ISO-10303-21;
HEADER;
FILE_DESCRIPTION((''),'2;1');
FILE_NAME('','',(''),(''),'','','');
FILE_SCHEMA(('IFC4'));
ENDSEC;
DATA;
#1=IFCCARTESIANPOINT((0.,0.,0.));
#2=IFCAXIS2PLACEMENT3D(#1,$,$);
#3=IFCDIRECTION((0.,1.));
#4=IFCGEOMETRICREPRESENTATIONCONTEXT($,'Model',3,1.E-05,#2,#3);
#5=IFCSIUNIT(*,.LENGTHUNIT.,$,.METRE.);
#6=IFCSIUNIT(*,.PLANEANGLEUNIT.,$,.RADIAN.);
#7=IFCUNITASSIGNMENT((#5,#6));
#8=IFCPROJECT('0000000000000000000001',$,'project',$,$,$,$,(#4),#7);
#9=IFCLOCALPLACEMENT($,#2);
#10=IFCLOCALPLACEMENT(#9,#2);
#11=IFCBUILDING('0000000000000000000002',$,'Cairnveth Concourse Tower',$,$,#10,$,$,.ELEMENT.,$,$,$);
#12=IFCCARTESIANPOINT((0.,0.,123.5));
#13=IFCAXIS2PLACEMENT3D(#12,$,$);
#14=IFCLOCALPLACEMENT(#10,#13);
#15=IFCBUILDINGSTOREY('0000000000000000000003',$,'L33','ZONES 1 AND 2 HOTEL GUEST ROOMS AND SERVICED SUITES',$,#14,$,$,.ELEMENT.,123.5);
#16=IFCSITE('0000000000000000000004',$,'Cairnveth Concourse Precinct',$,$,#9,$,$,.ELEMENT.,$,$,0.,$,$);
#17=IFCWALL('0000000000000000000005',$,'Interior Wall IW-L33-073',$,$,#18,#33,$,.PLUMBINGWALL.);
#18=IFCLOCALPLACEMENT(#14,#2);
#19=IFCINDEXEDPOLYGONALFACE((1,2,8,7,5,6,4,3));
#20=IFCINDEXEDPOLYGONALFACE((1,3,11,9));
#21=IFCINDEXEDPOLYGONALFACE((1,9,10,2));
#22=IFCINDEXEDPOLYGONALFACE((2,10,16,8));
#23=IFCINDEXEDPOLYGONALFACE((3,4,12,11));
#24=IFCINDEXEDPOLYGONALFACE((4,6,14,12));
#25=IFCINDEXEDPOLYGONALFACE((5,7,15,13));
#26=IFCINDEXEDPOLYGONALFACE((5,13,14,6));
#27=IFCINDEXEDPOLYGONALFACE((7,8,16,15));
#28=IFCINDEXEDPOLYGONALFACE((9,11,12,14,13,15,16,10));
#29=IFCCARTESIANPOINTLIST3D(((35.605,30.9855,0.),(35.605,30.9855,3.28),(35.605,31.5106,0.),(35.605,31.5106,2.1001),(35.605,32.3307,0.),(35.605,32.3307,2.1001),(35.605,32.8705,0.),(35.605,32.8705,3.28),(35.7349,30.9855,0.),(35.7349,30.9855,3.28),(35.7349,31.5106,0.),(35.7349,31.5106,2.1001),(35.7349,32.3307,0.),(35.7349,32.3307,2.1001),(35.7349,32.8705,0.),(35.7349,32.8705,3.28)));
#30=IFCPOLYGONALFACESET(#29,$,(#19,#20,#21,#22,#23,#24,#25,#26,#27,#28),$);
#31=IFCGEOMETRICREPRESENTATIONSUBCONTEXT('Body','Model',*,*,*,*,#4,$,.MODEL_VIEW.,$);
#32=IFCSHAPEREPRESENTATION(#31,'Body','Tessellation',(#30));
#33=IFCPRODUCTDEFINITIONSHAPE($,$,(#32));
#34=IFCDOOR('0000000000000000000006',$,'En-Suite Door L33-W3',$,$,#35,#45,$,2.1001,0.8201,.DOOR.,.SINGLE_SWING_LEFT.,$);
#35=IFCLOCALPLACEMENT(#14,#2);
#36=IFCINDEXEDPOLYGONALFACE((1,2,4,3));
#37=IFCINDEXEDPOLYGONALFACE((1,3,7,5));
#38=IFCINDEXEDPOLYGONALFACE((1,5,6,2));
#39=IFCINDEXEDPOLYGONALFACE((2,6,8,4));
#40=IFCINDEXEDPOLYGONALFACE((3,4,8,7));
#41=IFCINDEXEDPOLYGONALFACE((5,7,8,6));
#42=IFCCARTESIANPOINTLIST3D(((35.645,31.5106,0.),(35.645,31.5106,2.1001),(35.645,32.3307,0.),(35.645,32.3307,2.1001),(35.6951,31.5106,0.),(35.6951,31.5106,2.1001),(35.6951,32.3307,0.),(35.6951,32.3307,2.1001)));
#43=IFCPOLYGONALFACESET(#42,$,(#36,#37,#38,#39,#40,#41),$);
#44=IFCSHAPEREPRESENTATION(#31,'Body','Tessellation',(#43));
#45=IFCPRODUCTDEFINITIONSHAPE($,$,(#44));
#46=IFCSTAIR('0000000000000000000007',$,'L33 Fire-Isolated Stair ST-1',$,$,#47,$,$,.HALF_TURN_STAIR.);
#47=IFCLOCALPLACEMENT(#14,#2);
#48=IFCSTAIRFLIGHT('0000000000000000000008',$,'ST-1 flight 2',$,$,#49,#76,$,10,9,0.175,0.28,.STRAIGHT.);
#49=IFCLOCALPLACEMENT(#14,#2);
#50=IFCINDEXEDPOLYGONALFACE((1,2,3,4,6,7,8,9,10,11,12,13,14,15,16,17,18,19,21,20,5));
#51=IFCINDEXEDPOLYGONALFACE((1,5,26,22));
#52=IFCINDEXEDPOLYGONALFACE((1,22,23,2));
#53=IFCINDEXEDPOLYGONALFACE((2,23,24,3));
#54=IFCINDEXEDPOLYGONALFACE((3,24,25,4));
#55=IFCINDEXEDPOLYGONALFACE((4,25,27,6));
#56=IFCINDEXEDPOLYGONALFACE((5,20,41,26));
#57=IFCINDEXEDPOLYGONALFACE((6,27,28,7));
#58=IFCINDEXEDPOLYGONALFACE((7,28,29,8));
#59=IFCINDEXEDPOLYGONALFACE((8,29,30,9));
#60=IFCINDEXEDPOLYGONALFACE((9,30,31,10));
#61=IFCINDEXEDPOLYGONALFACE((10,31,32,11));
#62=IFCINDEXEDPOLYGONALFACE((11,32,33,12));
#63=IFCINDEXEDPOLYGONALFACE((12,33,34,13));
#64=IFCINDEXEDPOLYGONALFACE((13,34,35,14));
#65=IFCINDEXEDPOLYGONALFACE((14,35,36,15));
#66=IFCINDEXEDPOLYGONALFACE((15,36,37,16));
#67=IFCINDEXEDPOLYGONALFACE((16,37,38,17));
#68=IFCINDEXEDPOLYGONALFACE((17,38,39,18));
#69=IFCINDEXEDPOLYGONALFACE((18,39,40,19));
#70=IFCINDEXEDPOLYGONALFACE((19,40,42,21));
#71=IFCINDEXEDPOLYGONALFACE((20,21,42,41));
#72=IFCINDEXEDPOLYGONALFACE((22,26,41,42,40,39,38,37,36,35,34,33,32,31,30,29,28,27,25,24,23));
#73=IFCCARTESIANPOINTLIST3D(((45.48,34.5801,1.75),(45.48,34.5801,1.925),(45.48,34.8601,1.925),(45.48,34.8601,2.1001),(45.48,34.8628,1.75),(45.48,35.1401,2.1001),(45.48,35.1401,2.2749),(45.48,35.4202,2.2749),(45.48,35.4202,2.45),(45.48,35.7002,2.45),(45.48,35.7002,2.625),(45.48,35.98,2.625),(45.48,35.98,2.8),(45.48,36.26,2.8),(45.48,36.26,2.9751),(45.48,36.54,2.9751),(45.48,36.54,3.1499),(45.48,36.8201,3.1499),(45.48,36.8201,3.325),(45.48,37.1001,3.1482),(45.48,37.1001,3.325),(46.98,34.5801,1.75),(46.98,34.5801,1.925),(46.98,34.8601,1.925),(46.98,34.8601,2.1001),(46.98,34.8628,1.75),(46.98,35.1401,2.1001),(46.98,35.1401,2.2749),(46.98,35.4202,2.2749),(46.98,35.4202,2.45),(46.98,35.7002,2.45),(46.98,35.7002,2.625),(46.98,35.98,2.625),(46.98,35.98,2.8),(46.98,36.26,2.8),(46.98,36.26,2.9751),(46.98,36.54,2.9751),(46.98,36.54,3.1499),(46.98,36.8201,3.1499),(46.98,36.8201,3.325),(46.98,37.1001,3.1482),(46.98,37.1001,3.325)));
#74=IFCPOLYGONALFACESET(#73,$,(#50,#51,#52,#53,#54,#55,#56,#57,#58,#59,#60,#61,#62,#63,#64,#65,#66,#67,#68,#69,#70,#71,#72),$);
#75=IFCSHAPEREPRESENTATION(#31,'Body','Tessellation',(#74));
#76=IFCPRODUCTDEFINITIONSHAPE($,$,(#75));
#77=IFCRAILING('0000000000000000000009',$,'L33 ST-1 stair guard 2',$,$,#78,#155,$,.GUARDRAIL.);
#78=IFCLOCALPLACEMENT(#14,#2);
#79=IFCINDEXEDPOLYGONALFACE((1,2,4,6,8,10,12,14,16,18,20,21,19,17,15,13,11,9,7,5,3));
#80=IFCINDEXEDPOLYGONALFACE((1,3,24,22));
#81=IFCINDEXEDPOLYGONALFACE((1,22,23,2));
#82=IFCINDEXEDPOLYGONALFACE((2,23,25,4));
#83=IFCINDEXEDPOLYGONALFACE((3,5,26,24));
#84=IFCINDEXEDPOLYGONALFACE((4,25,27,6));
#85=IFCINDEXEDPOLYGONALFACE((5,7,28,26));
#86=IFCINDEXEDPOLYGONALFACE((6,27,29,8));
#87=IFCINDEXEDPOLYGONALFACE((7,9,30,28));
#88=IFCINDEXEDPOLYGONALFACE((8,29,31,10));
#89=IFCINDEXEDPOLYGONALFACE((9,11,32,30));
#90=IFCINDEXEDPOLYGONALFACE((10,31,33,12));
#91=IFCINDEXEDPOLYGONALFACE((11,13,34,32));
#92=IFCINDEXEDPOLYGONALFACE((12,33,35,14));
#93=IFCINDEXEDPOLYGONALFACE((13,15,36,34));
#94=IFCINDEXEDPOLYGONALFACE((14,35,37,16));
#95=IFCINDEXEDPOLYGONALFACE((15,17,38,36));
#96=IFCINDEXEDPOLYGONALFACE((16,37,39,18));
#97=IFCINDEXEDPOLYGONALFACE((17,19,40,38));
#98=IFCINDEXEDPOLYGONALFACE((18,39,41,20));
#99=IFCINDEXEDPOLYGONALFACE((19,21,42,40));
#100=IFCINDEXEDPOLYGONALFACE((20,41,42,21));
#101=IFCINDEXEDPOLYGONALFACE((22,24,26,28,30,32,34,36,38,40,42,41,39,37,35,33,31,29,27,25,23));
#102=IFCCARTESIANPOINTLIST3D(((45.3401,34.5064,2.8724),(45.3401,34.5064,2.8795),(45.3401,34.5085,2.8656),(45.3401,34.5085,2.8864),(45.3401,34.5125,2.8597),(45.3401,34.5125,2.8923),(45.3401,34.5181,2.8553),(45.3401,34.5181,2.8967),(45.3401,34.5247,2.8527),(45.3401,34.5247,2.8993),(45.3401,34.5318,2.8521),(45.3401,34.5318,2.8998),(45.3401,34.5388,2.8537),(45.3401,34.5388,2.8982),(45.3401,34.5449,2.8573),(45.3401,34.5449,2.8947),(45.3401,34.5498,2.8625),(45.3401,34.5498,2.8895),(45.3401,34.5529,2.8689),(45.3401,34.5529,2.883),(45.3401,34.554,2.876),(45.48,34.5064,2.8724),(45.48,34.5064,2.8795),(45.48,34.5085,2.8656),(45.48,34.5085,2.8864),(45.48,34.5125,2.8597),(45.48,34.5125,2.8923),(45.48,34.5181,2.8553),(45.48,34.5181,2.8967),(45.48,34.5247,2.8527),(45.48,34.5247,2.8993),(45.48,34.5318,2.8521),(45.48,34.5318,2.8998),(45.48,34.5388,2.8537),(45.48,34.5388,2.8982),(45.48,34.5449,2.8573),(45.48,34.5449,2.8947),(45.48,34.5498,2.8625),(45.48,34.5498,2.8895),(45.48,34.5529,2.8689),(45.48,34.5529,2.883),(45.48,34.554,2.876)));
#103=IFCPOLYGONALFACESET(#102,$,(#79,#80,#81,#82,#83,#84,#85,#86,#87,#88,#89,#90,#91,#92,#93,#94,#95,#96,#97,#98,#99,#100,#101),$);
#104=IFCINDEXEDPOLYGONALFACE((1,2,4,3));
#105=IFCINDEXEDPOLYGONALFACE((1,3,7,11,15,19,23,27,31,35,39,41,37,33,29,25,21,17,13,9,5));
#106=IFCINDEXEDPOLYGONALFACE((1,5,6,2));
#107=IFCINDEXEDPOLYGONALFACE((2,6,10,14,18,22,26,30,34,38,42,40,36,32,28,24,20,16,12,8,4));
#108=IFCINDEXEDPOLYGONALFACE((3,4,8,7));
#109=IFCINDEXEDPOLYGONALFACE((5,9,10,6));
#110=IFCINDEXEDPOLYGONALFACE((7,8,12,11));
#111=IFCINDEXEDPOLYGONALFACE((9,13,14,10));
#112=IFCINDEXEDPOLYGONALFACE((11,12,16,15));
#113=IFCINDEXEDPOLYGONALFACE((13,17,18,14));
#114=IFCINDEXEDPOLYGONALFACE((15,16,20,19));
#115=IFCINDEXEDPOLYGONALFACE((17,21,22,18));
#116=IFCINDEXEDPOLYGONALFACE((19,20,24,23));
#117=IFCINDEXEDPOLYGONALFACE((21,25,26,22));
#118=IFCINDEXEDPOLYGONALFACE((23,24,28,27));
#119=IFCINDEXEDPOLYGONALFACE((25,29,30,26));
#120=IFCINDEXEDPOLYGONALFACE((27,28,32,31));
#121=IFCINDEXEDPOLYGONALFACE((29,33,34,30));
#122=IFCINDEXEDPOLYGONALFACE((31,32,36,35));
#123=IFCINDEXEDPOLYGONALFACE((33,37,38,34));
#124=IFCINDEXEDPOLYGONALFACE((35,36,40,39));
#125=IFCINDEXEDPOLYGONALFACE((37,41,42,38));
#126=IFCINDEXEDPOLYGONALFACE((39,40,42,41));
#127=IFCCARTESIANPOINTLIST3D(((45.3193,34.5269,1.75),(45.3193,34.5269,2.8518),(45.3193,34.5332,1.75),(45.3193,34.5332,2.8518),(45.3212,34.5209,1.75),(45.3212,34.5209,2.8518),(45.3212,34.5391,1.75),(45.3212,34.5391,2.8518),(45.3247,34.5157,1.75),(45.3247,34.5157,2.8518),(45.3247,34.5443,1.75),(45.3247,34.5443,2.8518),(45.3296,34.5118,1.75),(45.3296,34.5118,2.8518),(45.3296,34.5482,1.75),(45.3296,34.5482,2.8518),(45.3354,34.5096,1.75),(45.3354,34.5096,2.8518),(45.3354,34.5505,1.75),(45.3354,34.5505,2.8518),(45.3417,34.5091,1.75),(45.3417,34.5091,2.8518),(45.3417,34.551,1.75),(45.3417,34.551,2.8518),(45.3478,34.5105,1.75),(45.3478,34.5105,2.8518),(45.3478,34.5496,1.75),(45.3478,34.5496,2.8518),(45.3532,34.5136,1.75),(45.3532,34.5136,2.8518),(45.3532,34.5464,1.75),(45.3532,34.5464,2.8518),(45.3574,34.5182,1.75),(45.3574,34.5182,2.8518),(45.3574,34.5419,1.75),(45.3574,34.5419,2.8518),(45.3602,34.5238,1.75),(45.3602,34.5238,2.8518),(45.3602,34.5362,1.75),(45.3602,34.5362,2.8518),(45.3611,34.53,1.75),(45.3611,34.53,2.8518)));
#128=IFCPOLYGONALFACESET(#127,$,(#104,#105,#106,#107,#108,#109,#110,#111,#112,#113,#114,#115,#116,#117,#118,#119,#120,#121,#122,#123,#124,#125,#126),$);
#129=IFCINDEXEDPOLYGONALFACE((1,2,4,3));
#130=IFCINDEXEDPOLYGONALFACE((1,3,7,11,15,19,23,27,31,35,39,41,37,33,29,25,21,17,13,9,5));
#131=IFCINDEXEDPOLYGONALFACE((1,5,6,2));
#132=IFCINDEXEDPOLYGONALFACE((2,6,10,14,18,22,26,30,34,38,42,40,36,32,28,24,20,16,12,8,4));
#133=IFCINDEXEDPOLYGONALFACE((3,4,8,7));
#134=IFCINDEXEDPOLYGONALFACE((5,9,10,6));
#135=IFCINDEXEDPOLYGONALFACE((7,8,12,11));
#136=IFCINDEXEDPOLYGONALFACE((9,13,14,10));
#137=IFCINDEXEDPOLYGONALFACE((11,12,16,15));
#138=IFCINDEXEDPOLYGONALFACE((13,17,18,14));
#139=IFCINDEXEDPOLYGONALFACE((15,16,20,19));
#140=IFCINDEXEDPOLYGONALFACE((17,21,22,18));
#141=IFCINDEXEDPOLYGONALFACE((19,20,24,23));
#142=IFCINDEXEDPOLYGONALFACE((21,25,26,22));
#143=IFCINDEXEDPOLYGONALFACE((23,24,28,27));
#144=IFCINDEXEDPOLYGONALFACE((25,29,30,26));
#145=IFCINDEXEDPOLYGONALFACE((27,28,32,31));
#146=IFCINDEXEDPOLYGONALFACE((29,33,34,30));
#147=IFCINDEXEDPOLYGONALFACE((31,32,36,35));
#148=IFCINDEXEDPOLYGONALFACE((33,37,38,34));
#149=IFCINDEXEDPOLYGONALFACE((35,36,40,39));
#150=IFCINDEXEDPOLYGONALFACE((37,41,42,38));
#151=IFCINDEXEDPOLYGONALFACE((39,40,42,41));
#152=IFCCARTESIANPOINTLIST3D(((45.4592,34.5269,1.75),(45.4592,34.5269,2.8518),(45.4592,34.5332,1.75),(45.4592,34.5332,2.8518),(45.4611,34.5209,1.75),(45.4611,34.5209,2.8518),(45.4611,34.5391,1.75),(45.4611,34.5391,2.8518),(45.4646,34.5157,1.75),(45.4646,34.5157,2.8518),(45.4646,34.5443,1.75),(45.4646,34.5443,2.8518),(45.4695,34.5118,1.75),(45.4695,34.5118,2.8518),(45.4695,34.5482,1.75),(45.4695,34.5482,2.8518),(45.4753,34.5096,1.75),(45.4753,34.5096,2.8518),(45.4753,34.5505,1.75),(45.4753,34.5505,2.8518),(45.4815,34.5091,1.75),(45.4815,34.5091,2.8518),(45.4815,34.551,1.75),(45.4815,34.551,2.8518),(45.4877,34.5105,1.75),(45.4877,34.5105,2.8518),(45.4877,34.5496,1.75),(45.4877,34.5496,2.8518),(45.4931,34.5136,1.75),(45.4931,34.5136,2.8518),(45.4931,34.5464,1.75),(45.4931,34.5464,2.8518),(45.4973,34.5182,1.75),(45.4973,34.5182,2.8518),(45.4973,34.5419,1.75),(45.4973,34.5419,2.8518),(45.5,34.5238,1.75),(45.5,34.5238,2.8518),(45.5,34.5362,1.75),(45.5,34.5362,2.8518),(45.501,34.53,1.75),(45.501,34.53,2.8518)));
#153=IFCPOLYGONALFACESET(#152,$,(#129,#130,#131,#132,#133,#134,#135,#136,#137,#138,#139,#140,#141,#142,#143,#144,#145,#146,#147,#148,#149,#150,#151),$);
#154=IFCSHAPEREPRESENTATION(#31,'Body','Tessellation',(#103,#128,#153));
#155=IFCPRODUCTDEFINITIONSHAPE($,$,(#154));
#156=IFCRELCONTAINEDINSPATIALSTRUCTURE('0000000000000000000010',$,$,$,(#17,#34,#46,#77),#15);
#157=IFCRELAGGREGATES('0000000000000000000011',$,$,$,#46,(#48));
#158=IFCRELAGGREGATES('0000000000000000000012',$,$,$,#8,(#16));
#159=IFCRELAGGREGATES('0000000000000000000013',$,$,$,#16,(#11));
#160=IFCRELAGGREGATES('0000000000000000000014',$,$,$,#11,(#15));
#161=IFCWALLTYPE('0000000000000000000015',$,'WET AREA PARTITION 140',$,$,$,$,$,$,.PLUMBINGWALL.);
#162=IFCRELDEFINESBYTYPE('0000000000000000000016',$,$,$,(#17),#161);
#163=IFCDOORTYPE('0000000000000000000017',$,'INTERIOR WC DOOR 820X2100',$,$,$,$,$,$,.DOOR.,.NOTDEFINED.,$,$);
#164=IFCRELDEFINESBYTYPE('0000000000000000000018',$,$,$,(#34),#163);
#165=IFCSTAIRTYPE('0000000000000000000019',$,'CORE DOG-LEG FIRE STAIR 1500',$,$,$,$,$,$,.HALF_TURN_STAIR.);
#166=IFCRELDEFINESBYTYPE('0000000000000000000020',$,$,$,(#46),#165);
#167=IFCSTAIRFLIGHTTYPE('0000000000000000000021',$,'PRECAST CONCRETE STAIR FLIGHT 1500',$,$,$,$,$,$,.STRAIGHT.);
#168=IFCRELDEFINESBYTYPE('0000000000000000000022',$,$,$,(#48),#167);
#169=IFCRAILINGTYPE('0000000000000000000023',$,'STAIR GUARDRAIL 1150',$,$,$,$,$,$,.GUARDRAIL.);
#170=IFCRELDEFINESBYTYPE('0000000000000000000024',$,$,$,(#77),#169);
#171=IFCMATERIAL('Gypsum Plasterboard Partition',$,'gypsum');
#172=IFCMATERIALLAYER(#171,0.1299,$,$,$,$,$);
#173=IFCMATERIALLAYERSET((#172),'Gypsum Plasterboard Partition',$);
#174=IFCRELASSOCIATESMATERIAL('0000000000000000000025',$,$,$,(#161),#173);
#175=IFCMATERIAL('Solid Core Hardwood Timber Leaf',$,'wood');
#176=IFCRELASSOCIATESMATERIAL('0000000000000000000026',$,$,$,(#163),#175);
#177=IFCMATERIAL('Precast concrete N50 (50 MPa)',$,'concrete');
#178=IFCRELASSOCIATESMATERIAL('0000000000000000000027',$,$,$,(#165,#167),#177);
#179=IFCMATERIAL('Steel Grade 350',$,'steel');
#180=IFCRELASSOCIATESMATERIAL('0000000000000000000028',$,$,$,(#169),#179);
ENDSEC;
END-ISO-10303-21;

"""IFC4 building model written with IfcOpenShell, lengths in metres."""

from ifc_helpers import new_model, si_unit, direction, frame, frame_2d, origin, origin_2d, place, context, subcontext, project, spatial, polyline, rectangle, circle, outline, extrude, material, layer, layer_set, type_object, element, fill, aggregate, save


model = new_model("IFC4")

# Units and contexts
model_context = context("Model", 3, precision=1e-05, world=origin(), true_north=direction((0.0, 1.0)))
body_context = subcontext(model_context, "Body", "Model", "MODEL_VIEW")
ifc_project = project(units=[si_unit("LENGTHUNIT", "METRE"), si_unit("PLANEANGLEUNIT", "RADIAN")], contexts=[model_context])

# Site, building, storey
site_placement = place(None, origin())
site = spatial("IfcSite", under=ifc_project, at=site_placement, Name="Cairnveth Concourse Precinct", CompositionType="ELEMENT", RefElevation=0.0)
building_placement = place(site_placement, origin())
building = spatial("IfcBuilding", under=site, at=building_placement, Name="Cairnveth Concourse Tower", CompositionType="ELEMENT")
storey_placement = place(building_placement, frame((0.0, 0.0, 123.5)))
storey = spatial("IfcBuildingStorey", under=building, at=storey_placement, Name="L33", Description="ZONES 1 AND 2 HOTEL GUEST ROOMS AND SERVICED SUITES", CompositionType="ELEMENT", Elevation=123.5)

# Shared definitions
ifc_material_1 = material(Name="Gypsum Plasterboard Partition", Category="gypsum")

# Shared definitions
ifc_material_2 = material(Name="Solid Core Hardwood Timber Leaf", Category="wood")

# Shared definitions
ifc_layer_1 = layer(ifc_material_1, 0.1299)
ifc_layer_set_1 = layer_set([ifc_layer_1], Name="Gypsum Plasterboard Partition")
wall_type_1 = type_object("IfcWallType", Name="WET AREA PARTITION 140", PredefinedType="PLUMBINGWALL", material=ifc_layer_set_1)
door_type_1 = type_object("IfcDoorType", Name="INTERIOR WC DOOR 820X2100", OperationType="NOTDEFINED", PredefinedType="DOOR", material=ifc_material_2)

# Wall, opening, door
wall_1_placement = place(storey_placement, frame((35.6699, 30.9856, 0.0), z_axis=(0.0, 0.0, 1.0), x_axis=(0.0, 1.0, 0.0)))
wall_1 = element("IfcWall", 1, at=wall_1_placement, inside=storey, type_object=wall_type_1, Name="Interior Wall IW-L33-073", PredefinedType="PLUMBINGWALL", context=body_context, shape_type="SweptSolid", body=[
    extrude(rectangle(XDim=1.885, YDim=0.1299, at=frame_2d((0.9424, 0.0))), origin(), (0.0, 0.0, 1.0), 3.28),
])
opening_1_placement = place(wall_1_placement, frame((0.5249, 0.0, 0.0)))
opening_1 = element("IfcOpeningElement", 2, at=opening_1_placement, cuts=wall_1, PredefinedType="OPENING", context=body_context, shape_type="SweptSolid", body=[
    extrude(rectangle(XDim=0.8201, YDim=2.1001, at=frame_2d((0.4102, 1.05))), frame((0.0, 0.075, 0.0), z_axis=(0.0, -1.0, 0.0), x_axis=(1.0, 0.0, 0.0)), (0.0, 0.0, 1.0), 0.1499),
])
door_1_placement = place(opening_1_placement, origin())
door_1 = element("IfcDoor", 3, at=door_1_placement, inside=storey, type_object=door_type_1, Name="En-Suite Door L33-W3", OperationType="SINGLE_SWING_LEFT", OverallHeight=2.1001, OverallWidth=0.8201, PredefinedType="DOOR", context=body_context, shape_type="SweptSolid", body=[
    extrude(rectangle(XDim=0.8201, YDim=2.1001, at=frame_2d((0.4102, 1.05))), frame((0.0, 0.0249, 0.0), z_axis=(0.0, -1.0, 0.0), x_axis=(1.0, 0.0, 0.0)), (0.0, 0.0, 1.0), 0.05),
])
fill(opening_1, door_1)

# Stair, stair flight
ifc_material_3 = material(Name="Precast concrete N50 (50 MPa)", Category="concrete")
stair_type = type_object("IfcStairType", Name="CORE DOG-LEG FIRE STAIR 1500", PredefinedType="HALF_TURN_STAIR", material=ifc_material_3)
stair_placement = place(storey_placement, origin())
stair = element("IfcStair", 4, at=stair_placement, inside=storey, type_object=stair_type, Name="L33 Fire-Isolated Stair ST-1", PredefinedType="HALF_TURN_STAIR")
stair_flight_type = type_object("IfcStairFlightType", Name="PRECAST CONCRETE STAIR FLIGHT 1500", PredefinedType="STRAIGHT", material=ifc_material_3)
stair_flight_placement = place(storey_placement, frame((46.23, 34.5801, 1.75), z_axis=(0.0, 0.0, 1.0), x_axis=(0.0, 1.0, 0.0)))
stair_flight = element("IfcStairFlight", 5, at=stair_flight_placement, type_object=stair_flight_type, Name="ST-1 flight 2", NumberOfRisers=10, NumberOfTreads=9, PredefinedType="STRAIGHT", RiserHeight=0.175, TreadLength=0.28, context=body_context, shape_type="SweptSolid", body=[
    extrude(outline(polyline([(0.0, 0.0), (0.0, 0.175), (0.28, 0.175), (0.28, 0.3501), (0.5601, 0.3501), (0.5601, 0.5249), (0.8401, 0.5249), (0.8401, 0.7), (1.1201, 0.7), (1.1201, 0.875), (1.3999, 0.875), (1.3999, 1.05), (1.6799, 1.05), (1.6799, 1.2251), (1.96, 1.2251), (1.96, 1.3999), (2.24, 1.3999), (2.24, 1.575), (2.52, 1.575), (2.52, 1.75), (2.52, 1.3982), (0.2827, 0.0), (0.0, 0.0)])), frame((0.0, 0.75, 0.0), z_axis=(0.0, -1.0, 0.0), x_axis=(1.0, 0.0, 0.0)), (0.0, 0.0, 1.0), 1.5),
])
aggregate(stair, [stair_flight])

# Railing
ifc_material_4 = material(Name="Steel Grade 350", Category="steel")
railing_type_1 = type_object("IfcRailingType", Name="STAIR GUARDRAIL 1150", PredefinedType="GUARDRAIL", material=ifc_material_4)
railing_1_placement = place(storey_placement, frame((45.3401, 34.53, 1.75)))
element("IfcRailing", 6, at=railing_1_placement, inside=storey, type_object=railing_type_1, Name="L33 ST-1 stair guard 2", PredefinedType="GUARDRAIL", context=body_context, shape_type="SweptSolid", body=[
    extrude(circle(Radius=0.0239, at=origin_2d()), frame((0.0, 0.0, 1.126), z_axis=(1.0, 0.0, 0.0), x_axis=(0.0, 1.0, 0.0)), (0.0, 0.0, 1.0), 0.1399),
    extrude(circle(Radius=0.021, at=origin_2d()), origin(), (0.0, 0.0, 1.0), 1.1018),
    extrude(circle(Radius=0.021, at=origin_2d()), frame((0.1399, 0.0, 0.0)), (0.0, 0.0, 1.0), 1.1018),
])

save(model, "model.ifc")
